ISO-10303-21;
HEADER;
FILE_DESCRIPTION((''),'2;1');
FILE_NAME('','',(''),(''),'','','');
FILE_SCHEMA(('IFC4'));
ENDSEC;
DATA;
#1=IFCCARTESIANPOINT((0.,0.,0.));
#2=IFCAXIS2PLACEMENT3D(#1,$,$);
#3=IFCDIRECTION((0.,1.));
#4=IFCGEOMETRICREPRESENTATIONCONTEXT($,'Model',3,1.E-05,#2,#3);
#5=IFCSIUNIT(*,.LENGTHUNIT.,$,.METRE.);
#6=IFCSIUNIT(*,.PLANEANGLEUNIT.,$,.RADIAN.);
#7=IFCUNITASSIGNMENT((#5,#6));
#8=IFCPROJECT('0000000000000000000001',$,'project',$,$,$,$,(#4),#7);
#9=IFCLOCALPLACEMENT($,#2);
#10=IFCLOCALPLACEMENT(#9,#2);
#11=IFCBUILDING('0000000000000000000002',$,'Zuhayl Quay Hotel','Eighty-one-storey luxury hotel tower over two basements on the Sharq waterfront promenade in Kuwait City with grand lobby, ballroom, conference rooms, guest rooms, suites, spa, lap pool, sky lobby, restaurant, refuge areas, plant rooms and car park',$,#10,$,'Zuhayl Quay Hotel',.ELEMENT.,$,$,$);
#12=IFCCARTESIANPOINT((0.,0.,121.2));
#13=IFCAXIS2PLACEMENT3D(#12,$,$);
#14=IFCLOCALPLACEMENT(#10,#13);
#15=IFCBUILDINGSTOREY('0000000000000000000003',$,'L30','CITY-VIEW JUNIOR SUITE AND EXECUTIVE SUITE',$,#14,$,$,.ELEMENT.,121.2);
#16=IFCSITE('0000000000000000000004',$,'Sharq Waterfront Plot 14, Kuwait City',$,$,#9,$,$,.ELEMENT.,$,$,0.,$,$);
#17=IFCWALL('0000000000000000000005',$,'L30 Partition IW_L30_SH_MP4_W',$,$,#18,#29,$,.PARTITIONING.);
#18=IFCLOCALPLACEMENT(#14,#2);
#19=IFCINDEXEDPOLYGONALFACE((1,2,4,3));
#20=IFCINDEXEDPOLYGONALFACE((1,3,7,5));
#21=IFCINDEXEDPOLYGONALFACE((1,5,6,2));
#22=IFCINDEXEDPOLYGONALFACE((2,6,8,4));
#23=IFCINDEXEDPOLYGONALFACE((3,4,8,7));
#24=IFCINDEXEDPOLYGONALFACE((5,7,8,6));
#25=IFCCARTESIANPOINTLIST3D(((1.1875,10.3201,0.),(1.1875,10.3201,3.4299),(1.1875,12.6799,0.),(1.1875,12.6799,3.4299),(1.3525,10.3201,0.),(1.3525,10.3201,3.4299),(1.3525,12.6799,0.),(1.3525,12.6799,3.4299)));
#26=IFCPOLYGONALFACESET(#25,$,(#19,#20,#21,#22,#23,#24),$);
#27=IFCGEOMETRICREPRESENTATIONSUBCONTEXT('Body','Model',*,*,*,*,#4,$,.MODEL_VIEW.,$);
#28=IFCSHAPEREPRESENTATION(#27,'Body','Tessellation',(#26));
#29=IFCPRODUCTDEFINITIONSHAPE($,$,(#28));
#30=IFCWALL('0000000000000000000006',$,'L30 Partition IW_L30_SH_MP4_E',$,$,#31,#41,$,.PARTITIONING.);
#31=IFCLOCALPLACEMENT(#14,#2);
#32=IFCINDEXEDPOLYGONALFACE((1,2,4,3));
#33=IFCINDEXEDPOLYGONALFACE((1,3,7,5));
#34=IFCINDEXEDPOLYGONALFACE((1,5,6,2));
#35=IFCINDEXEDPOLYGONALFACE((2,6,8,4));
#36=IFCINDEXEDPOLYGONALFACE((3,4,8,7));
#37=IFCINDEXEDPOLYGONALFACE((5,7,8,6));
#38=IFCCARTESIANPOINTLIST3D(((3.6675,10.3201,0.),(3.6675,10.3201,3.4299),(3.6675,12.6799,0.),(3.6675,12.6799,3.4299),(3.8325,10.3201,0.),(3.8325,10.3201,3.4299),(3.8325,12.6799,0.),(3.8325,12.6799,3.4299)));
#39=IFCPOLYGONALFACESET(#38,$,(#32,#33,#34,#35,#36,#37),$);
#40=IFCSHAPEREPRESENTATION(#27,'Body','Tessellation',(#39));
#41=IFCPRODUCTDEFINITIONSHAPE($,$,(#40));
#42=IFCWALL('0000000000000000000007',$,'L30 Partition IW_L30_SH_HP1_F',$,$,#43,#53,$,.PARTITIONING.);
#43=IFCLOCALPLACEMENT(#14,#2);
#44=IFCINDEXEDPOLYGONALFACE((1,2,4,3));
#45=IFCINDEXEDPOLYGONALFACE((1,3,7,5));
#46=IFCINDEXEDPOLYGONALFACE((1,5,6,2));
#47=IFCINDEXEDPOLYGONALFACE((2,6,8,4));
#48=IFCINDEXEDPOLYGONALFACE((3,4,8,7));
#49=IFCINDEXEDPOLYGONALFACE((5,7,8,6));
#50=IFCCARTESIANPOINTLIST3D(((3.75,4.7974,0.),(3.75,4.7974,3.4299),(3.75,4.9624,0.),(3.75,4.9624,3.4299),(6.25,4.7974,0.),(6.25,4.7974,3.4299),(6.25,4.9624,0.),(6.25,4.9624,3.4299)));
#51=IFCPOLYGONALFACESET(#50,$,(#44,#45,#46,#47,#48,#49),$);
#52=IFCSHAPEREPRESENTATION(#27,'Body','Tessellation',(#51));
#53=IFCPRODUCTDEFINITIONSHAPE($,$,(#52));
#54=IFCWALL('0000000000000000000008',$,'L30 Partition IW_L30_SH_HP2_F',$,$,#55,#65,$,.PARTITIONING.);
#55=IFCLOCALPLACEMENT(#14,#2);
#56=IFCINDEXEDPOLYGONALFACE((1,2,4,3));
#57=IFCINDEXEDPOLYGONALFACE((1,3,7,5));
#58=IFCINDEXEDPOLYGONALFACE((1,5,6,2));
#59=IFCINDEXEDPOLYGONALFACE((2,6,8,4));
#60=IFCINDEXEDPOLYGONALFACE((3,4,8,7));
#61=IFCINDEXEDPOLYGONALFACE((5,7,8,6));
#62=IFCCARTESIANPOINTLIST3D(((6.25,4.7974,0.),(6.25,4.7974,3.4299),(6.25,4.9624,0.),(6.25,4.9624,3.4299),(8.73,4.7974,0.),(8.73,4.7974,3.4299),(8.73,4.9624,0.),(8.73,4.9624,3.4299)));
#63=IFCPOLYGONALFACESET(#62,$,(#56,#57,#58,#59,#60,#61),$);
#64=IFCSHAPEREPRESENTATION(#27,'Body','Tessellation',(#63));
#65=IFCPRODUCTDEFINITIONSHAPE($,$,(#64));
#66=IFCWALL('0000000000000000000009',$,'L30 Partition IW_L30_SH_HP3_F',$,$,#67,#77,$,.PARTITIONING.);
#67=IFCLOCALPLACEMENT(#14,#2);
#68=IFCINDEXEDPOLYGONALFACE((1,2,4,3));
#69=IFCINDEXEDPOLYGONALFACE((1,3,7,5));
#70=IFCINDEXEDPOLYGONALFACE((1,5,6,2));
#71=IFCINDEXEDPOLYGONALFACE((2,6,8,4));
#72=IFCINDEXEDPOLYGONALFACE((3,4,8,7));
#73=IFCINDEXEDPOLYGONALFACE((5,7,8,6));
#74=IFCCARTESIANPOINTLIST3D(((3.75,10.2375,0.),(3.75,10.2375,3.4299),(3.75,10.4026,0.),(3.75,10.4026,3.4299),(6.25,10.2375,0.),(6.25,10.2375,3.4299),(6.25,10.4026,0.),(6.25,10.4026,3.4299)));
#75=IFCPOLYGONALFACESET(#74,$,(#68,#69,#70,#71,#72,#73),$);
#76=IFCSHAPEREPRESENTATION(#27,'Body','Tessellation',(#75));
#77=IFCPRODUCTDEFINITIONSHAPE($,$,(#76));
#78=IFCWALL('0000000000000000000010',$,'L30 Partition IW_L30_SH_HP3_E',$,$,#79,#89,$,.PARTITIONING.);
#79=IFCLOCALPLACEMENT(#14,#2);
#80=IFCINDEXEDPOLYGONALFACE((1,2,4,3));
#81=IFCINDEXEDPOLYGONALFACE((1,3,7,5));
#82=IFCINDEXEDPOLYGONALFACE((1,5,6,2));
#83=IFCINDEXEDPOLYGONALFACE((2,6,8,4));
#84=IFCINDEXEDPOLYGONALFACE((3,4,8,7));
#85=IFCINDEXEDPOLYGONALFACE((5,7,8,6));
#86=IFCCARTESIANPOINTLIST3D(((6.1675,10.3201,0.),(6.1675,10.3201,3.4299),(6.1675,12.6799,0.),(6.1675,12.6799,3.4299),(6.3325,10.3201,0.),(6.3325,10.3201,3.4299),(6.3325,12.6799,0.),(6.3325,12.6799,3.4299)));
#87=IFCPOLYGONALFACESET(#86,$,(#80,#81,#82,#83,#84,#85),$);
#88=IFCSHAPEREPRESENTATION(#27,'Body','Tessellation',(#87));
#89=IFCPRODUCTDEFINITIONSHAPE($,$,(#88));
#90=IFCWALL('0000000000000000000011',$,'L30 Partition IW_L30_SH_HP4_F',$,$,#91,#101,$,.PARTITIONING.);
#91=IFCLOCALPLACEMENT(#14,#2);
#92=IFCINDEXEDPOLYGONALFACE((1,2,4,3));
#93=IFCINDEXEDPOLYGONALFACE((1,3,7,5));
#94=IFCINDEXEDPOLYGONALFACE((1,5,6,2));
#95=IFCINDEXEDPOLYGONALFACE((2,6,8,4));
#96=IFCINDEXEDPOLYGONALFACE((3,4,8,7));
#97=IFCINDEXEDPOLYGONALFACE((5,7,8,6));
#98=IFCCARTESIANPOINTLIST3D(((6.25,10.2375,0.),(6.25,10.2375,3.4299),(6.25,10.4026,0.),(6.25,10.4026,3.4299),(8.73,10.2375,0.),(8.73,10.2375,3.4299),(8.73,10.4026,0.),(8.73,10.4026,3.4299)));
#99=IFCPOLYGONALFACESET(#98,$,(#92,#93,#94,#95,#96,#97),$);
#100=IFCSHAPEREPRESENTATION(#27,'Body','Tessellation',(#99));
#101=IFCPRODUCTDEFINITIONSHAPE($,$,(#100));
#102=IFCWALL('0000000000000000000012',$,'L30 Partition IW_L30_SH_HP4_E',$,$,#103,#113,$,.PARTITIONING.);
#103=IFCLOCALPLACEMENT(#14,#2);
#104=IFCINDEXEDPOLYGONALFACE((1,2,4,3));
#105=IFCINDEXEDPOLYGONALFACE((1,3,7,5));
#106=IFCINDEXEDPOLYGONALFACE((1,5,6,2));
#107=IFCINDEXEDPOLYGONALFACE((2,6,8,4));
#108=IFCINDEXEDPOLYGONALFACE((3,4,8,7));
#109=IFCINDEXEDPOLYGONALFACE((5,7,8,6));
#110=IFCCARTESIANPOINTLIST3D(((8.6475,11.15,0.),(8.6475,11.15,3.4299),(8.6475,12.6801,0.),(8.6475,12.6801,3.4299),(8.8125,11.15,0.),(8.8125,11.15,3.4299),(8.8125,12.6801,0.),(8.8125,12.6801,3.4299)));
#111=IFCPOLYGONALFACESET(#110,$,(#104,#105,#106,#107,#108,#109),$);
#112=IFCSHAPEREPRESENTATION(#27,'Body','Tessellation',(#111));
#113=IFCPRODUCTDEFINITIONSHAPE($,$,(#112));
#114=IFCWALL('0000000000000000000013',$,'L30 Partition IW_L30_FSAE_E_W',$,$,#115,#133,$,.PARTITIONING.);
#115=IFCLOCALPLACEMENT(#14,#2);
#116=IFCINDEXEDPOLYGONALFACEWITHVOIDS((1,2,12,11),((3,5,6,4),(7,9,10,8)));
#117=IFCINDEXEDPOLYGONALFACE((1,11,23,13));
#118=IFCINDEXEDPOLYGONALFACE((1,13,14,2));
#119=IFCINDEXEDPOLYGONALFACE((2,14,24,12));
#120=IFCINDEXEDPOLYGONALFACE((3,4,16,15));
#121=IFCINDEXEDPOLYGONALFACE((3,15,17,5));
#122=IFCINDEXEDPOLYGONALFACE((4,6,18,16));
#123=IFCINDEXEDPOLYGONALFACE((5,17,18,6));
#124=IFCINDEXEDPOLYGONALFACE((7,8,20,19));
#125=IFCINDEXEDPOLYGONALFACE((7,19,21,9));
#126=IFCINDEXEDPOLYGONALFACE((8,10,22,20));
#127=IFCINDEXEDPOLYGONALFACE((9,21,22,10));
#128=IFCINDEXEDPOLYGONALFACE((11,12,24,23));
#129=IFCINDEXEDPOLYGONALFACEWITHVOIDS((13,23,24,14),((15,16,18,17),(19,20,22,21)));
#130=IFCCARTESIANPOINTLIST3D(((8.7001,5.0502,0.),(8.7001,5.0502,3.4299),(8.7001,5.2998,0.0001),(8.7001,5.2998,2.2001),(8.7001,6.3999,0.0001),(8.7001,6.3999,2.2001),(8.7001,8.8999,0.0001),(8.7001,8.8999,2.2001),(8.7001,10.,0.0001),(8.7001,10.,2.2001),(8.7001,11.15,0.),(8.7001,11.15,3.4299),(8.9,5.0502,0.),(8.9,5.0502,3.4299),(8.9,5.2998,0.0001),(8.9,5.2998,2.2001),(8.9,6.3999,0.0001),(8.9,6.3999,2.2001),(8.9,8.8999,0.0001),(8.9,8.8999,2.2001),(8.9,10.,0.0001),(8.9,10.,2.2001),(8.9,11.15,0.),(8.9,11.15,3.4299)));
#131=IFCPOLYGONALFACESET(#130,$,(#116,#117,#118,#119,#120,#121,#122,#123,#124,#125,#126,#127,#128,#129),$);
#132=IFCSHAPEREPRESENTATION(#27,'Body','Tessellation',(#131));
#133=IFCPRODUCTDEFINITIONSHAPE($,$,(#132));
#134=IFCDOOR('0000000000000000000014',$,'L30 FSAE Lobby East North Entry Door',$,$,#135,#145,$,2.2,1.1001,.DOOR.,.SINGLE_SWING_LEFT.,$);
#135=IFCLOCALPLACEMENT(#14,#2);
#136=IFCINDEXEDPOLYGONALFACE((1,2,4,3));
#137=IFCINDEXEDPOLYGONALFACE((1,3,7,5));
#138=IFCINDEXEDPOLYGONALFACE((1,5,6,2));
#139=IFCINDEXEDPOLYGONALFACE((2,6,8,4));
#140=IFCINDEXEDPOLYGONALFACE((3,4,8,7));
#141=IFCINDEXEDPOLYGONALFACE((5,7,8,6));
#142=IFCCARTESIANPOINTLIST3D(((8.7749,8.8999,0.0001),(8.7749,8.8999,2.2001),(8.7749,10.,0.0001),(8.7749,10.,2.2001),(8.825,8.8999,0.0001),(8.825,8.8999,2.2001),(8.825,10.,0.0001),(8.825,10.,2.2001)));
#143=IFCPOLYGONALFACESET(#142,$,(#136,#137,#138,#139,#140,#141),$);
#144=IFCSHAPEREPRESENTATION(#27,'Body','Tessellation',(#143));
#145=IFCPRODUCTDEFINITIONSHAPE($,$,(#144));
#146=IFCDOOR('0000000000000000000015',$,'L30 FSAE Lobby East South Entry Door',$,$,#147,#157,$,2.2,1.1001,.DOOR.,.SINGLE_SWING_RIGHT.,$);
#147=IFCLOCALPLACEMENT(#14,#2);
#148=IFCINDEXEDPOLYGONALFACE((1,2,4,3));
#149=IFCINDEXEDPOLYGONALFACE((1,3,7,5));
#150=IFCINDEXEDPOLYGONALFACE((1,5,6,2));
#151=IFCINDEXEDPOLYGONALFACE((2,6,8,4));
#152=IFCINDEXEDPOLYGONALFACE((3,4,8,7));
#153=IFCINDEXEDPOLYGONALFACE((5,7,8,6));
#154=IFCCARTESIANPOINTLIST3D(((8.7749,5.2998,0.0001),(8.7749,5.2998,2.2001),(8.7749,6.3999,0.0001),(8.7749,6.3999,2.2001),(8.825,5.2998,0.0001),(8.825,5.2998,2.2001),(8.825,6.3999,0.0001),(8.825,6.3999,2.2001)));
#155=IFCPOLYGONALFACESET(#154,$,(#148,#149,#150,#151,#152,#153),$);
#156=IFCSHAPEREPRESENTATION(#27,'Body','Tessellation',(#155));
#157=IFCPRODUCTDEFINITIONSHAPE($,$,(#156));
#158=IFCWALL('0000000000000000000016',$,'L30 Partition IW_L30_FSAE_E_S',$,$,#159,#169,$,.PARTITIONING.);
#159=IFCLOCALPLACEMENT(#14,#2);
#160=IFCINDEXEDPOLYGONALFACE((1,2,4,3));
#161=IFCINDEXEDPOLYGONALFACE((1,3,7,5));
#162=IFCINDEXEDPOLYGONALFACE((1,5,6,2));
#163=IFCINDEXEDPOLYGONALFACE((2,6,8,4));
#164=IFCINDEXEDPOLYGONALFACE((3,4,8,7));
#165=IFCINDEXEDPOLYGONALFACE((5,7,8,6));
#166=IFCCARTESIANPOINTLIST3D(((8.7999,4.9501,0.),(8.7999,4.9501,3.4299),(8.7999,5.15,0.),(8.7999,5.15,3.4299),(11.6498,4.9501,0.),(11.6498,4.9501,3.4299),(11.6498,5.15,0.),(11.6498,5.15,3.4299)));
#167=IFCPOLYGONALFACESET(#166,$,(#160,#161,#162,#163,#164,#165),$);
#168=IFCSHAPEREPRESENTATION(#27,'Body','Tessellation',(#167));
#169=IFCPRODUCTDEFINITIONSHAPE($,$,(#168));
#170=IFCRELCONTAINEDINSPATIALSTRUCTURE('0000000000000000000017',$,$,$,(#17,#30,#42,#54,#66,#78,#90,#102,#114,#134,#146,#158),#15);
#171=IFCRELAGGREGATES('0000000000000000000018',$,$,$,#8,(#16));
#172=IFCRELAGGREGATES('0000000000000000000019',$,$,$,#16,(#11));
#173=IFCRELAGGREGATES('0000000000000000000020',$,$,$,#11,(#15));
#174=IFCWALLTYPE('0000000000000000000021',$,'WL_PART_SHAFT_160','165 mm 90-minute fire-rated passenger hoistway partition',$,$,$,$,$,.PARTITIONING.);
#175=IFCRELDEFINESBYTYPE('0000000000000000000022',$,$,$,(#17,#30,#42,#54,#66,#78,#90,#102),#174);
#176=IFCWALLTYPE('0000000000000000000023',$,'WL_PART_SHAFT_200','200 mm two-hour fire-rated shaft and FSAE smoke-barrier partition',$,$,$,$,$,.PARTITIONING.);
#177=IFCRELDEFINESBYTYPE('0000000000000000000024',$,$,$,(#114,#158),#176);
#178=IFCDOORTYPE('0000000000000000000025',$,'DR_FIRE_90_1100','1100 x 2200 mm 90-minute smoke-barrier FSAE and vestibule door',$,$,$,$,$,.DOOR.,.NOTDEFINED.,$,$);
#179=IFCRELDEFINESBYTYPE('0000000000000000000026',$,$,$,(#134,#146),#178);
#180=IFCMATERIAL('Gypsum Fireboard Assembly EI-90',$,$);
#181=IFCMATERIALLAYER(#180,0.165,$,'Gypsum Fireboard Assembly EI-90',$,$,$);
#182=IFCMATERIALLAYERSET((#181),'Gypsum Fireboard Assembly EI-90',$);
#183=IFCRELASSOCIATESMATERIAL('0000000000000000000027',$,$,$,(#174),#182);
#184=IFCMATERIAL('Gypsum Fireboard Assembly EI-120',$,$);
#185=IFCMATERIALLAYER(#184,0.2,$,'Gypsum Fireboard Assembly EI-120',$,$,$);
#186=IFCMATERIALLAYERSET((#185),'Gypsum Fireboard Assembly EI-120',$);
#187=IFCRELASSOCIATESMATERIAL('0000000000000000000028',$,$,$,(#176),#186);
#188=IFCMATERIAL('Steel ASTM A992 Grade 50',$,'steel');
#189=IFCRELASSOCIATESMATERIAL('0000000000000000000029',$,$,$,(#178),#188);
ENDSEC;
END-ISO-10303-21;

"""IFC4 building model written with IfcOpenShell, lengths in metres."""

from ifc_helpers import new_model, si_unit, direction, frame, frame_2d, origin, place, context, subcontext, project, spatial, rectangle, extrude, material, layer, layer_set, type_object, element, fill, save


model = new_model("IFC4")

# Units and contexts
model_context = context("Model", 3, precision=1e-05, world=origin(), true_north=direction((0.0, 1.0)))
body_context = subcontext(model_context, "Body", "Model", "MODEL_VIEW")
ifc_project = project(units=[si_unit("LENGTHUNIT", "METRE"), si_unit("PLANEANGLEUNIT", "RADIAN")], contexts=[model_context])

# Site, building, storey
site_placement = place(None, origin())
site = spatial("IfcSite", under=ifc_project, at=site_placement, Name="Sharq Waterfront Plot 14, Kuwait City", CompositionType="ELEMENT", RefElevation=0.0)
building_placement = place(site_placement, origin())
building = spatial("IfcBuilding", under=site, at=building_placement, Name="Zuhayl Quay Hotel", Description="Eighty-one-storey luxury hotel tower over two basements on the Sharq waterfront promenade in Kuwait City with grand lobby, ballroom, conference rooms, guest rooms, suites, spa, lap pool, sky lobby, restaurant, refuge areas, plant rooms and car park", LongName="Zuhayl Quay Hotel", CompositionType="ELEMENT")
storey_placement = place(building_placement, frame((0.0, 0.0, 121.2)))
storey = spatial("IfcBuildingStorey", under=building, at=storey_placement, Name="L30", Description="CITY-VIEW JUNIOR SUITE AND EXECUTIVE SUITE", CompositionType="ELEMENT", Elevation=121.2)

# Shared definitions
ifc_material_1 = material(Name="Steel ASTM A992 Grade 50", Category="steel")

# Shared definitions
ifc_material_2 = material(Name="Gypsum Fireboard Assembly EI-90")
ifc_layer_1 = layer(ifc_material_2, 0.165, Name="Gypsum Fireboard Assembly EI-90")
ifc_layer_set_1 = layer_set([ifc_layer_1], Name="Gypsum Fireboard Assembly EI-90")
wall_type_1 = type_object("IfcWallType", Name="WL_PART_SHAFT_160", Description="165 mm 90-minute fire-rated passenger hoistway partition", PredefinedType="PARTITIONING", material=ifc_layer_set_1)

# Walls
for number, where, z_axis, x_axis, name in (
    (1, (1.27, 10.3201, 0.0), (0.0, 0.0, 1.0), (0.0, 1.0, 0.0), "L30 Partition IW_L30_SH_MP4_W"),
    (2, (3.75, 10.3201, 0.0), (0.0, 0.0, 1.0), (0.0, 1.0, 0.0), "L30 Partition IW_L30_SH_MP4_E"),
):
    element("IfcWall", number, at=place(storey_placement, frame(where, z_axis=z_axis, x_axis=x_axis)), inside=storey, type_object=wall_type_1, Name=name, PredefinedType="PARTITIONING", context=body_context, shape_type="SweptSolid", body=[
        extrude(rectangle(XDim=2.3599, YDim=0.165, at=frame_2d((1.1799, 0.0))), origin(), (0.0, 0.0, 1.0), 3.4299),
    ])
wall_1_placement = place(storey_placement, frame((3.75, 4.8799, 0.0), z_axis=(0.0, 0.0, 1.0), x_axis=(1.0, 0.0, 0.0)))
element("IfcWall", 3, at=wall_1_placement, inside=storey, type_object=wall_type_1, Name="L30 Partition IW_L30_SH_HP1_F", PredefinedType="PARTITIONING", context=body_context, shape_type="SweptSolid", body=[
    extrude(rectangle(XDim=2.5, YDim=0.165, at=frame_2d((1.25, 0.0))), origin(), (0.0, 0.0, 1.0), 3.4299),
])
wall_2_placement = place(storey_placement, frame((6.25, 4.8799, 0.0), z_axis=(0.0, 0.0, 1.0), x_axis=(1.0, 0.0, 0.0)))
element("IfcWall", 4, at=wall_2_placement, inside=storey, type_object=wall_type_1, Name="L30 Partition IW_L30_SH_HP2_F", PredefinedType="PARTITIONING", context=body_context, shape_type="SweptSolid", body=[
    extrude(rectangle(XDim=2.48, YDim=0.165, at=frame_2d((1.24, 0.0))), origin(), (0.0, 0.0, 1.0), 3.4299),
])
wall_3_placement = place(storey_placement, frame((3.75, 10.3201, 0.0), z_axis=(0.0, 0.0, 1.0), x_axis=(1.0, 0.0, 0.0)))
element("IfcWall", 5, at=wall_3_placement, inside=storey, type_object=wall_type_1, Name="L30 Partition IW_L30_SH_HP3_F", PredefinedType="PARTITIONING", context=body_context, shape_type="SweptSolid", body=[
    extrude(rectangle(XDim=2.5, YDim=0.165, at=frame_2d((1.25, 0.0))), origin(), (0.0, 0.0, 1.0), 3.4299),
])
wall_4_placement = place(storey_placement, frame((6.25, 10.3201, 0.0), z_axis=(0.0, 0.0, 1.0), x_axis=(0.0, 1.0, 0.0)))
element("IfcWall", 6, at=wall_4_placement, inside=storey, type_object=wall_type_1, Name="L30 Partition IW_L30_SH_HP3_E", PredefinedType="PARTITIONING", context=body_context, shape_type="SweptSolid", body=[
    extrude(rectangle(XDim=2.3599, YDim=0.165, at=frame_2d((1.1799, 0.0))), origin(), (0.0, 0.0, 1.0), 3.4299),
])
wall_5_placement = place(storey_placement, frame((6.25, 10.3201, 0.0), z_axis=(0.0, 0.0, 1.0), x_axis=(1.0, 0.0, 0.0)))
element("IfcWall", 7, at=wall_5_placement, inside=storey, type_object=wall_type_1, Name="L30 Partition IW_L30_SH_HP4_F", PredefinedType="PARTITIONING", context=body_context, shape_type="SweptSolid", body=[
    extrude(rectangle(XDim=2.48, YDim=0.165, at=frame_2d((1.24, 0.0))), origin(), (0.0, 0.0, 1.0), 3.4299),
])
wall_6_placement = place(storey_placement, frame((8.73, 11.1499, 0.0), z_axis=(0.0, 0.0, 1.0), x_axis=(0.0, 1.0, 0.0)))
element("IfcWall", 8, at=wall_6_placement, inside=storey, type_object=wall_type_1, Name="L30 Partition IW_L30_SH_HP4_E", PredefinedType="PARTITIONING", context=body_context, shape_type="SweptSolid", body=[
    extrude(rectangle(XDim=1.53, YDim=0.165, at=frame_2d((0.7651, 0.0))), origin(), (0.0, 0.0, 1.0), 3.4299),
])

# Wall, openings, doors
ifc_material_3 = material(Name="Gypsum Fireboard Assembly EI-120")
ifc_layer_2 = layer(ifc_material_3, 0.2, Name="Gypsum Fireboard Assembly EI-120")
ifc_layer_set_2 = layer_set([ifc_layer_2], Name="Gypsum Fireboard Assembly EI-120")
wall_type_2 = type_object("IfcWallType", Name="WL_PART_SHAFT_200", Description="200 mm two-hour fire-rated shaft and FSAE smoke-barrier partition", PredefinedType="PARTITIONING", material=ifc_layer_set_2)
wall_7_placement = place(storey_placement, frame((8.8, 11.1499, 0.0), z_axis=(0.0, 0.0, 1.0), x_axis=(0.0, -1.0, 0.0)))
wall_7 = element("IfcWall", 9, at=wall_7_placement, inside=storey, type_object=wall_type_2, Name="L30 Partition IW_L30_FSAE_E_W", PredefinedType="PARTITIONING", context=body_context, shape_type="SweptSolid", body=[
    extrude(rectangle(XDim=6.0999, YDim=0.2, at=frame_2d((3.0498, 0.0))), origin(), (0.0, 0.0, 1.0), 3.4299),
])
opening_1_placement = place(wall_7_placement, frame((1.1499, 0.0, 0.0)))
opening_1 = element("IfcOpeningElement", 10, at=opening_1_placement, cuts=wall_7, PredefinedType="OPENING", context=body_context, shape_type="SweptSolid", body=[
    extrude(rectangle(XDim=1.1001, YDim=2.2, at=frame_2d((0.55, 1.1001))), frame((0.0, 0.1099, 0.0), z_axis=(0.0, -1.0, 0.0), x_axis=(1.0, 0.0, 0.0)), (0.0, 0.0, 1.0), 0.22),
])
opening_2_placement = place(wall_7_placement, frame((4.75, 0.0, 0.0)))
opening_2 = element("IfcOpeningElement", 11, at=opening_2_placement, cuts=wall_7, PredefinedType="OPENING", context=body_context, shape_type="SweptSolid", body=[
    extrude(rectangle(XDim=1.1001, YDim=2.2, at=frame_2d((0.55, 1.1001))), frame((0.0, 0.1099, 0.0), z_axis=(0.0, -1.0, 0.0), x_axis=(1.0, 0.0, 0.0)), (0.0, 0.0, 1.0), 0.22),
])
door_type_1 = type_object("IfcDoorType", Name="DR_FIRE_90_1100", Description="1100 x 2200 mm 90-minute smoke-barrier FSAE and vestibule door", OperationType="NOTDEFINED", PredefinedType="DOOR", material=ifc_material_1)
door_1_placement = place(opening_1_placement, origin())
door_1 = element("IfcDoor", 12, at=door_1_placement, inside=storey, type_object=door_type_1, Name="L30 FSAE Lobby East North Entry Door", OperationType="SINGLE_SWING_LEFT", OverallHeight=2.2, OverallWidth=1.1001, PredefinedType="DOOR", context=body_context, shape_type="SweptSolid", body=[
    extrude(rectangle(XDim=1.1001, YDim=2.2, at=frame_2d((0.55, 1.1001))), frame((0.0, 0.0249, 0.0), z_axis=(0.0, -1.0, 0.0), x_axis=(1.0, 0.0, 0.0)), (0.0, 0.0, 1.0), 0.05),
])
fill(opening_1, door_1)
door_2_placement = place(opening_2_placement, origin())
door_2 = element("IfcDoor", 13, at=door_2_placement, inside=storey, type_object=door_type_1, Name="L30 FSAE Lobby East South Entry Door", OperationType="SINGLE_SWING_RIGHT", OverallHeight=2.2, OverallWidth=1.1001, PredefinedType="DOOR", context=body_context, shape_type="SweptSolid", body=[
    extrude(rectangle(XDim=1.1001, YDim=2.2, at=frame_2d((0.55, 1.1001))), frame((0.0, 0.0249, 0.0), z_axis=(0.0, -1.0, 0.0), x_axis=(1.0, 0.0, 0.0)), (0.0, 0.0, 1.0), 0.05),
])
fill(opening_2, door_2)

# Wall
wall_8_placement = place(storey_placement, frame((8.8, 5.05, 0.0), z_axis=(0.0, 0.0, 1.0), x_axis=(1.0, 0.0, 0.0)))
element("IfcWall", 14, at=wall_8_placement, inside=storey, type_object=wall_type_2, Name="L30 Partition IW_L30_FSAE_E_S", PredefinedType="PARTITIONING", context=body_context, shape_type="SweptSolid", body=[
    extrude(rectangle(XDim=2.8499, YDim=0.2, at=frame_2d((1.4248, 0.0))), origin(), (0.0, 0.0, 1.0), 3.4299),
])

save(model, "model.ifc")
